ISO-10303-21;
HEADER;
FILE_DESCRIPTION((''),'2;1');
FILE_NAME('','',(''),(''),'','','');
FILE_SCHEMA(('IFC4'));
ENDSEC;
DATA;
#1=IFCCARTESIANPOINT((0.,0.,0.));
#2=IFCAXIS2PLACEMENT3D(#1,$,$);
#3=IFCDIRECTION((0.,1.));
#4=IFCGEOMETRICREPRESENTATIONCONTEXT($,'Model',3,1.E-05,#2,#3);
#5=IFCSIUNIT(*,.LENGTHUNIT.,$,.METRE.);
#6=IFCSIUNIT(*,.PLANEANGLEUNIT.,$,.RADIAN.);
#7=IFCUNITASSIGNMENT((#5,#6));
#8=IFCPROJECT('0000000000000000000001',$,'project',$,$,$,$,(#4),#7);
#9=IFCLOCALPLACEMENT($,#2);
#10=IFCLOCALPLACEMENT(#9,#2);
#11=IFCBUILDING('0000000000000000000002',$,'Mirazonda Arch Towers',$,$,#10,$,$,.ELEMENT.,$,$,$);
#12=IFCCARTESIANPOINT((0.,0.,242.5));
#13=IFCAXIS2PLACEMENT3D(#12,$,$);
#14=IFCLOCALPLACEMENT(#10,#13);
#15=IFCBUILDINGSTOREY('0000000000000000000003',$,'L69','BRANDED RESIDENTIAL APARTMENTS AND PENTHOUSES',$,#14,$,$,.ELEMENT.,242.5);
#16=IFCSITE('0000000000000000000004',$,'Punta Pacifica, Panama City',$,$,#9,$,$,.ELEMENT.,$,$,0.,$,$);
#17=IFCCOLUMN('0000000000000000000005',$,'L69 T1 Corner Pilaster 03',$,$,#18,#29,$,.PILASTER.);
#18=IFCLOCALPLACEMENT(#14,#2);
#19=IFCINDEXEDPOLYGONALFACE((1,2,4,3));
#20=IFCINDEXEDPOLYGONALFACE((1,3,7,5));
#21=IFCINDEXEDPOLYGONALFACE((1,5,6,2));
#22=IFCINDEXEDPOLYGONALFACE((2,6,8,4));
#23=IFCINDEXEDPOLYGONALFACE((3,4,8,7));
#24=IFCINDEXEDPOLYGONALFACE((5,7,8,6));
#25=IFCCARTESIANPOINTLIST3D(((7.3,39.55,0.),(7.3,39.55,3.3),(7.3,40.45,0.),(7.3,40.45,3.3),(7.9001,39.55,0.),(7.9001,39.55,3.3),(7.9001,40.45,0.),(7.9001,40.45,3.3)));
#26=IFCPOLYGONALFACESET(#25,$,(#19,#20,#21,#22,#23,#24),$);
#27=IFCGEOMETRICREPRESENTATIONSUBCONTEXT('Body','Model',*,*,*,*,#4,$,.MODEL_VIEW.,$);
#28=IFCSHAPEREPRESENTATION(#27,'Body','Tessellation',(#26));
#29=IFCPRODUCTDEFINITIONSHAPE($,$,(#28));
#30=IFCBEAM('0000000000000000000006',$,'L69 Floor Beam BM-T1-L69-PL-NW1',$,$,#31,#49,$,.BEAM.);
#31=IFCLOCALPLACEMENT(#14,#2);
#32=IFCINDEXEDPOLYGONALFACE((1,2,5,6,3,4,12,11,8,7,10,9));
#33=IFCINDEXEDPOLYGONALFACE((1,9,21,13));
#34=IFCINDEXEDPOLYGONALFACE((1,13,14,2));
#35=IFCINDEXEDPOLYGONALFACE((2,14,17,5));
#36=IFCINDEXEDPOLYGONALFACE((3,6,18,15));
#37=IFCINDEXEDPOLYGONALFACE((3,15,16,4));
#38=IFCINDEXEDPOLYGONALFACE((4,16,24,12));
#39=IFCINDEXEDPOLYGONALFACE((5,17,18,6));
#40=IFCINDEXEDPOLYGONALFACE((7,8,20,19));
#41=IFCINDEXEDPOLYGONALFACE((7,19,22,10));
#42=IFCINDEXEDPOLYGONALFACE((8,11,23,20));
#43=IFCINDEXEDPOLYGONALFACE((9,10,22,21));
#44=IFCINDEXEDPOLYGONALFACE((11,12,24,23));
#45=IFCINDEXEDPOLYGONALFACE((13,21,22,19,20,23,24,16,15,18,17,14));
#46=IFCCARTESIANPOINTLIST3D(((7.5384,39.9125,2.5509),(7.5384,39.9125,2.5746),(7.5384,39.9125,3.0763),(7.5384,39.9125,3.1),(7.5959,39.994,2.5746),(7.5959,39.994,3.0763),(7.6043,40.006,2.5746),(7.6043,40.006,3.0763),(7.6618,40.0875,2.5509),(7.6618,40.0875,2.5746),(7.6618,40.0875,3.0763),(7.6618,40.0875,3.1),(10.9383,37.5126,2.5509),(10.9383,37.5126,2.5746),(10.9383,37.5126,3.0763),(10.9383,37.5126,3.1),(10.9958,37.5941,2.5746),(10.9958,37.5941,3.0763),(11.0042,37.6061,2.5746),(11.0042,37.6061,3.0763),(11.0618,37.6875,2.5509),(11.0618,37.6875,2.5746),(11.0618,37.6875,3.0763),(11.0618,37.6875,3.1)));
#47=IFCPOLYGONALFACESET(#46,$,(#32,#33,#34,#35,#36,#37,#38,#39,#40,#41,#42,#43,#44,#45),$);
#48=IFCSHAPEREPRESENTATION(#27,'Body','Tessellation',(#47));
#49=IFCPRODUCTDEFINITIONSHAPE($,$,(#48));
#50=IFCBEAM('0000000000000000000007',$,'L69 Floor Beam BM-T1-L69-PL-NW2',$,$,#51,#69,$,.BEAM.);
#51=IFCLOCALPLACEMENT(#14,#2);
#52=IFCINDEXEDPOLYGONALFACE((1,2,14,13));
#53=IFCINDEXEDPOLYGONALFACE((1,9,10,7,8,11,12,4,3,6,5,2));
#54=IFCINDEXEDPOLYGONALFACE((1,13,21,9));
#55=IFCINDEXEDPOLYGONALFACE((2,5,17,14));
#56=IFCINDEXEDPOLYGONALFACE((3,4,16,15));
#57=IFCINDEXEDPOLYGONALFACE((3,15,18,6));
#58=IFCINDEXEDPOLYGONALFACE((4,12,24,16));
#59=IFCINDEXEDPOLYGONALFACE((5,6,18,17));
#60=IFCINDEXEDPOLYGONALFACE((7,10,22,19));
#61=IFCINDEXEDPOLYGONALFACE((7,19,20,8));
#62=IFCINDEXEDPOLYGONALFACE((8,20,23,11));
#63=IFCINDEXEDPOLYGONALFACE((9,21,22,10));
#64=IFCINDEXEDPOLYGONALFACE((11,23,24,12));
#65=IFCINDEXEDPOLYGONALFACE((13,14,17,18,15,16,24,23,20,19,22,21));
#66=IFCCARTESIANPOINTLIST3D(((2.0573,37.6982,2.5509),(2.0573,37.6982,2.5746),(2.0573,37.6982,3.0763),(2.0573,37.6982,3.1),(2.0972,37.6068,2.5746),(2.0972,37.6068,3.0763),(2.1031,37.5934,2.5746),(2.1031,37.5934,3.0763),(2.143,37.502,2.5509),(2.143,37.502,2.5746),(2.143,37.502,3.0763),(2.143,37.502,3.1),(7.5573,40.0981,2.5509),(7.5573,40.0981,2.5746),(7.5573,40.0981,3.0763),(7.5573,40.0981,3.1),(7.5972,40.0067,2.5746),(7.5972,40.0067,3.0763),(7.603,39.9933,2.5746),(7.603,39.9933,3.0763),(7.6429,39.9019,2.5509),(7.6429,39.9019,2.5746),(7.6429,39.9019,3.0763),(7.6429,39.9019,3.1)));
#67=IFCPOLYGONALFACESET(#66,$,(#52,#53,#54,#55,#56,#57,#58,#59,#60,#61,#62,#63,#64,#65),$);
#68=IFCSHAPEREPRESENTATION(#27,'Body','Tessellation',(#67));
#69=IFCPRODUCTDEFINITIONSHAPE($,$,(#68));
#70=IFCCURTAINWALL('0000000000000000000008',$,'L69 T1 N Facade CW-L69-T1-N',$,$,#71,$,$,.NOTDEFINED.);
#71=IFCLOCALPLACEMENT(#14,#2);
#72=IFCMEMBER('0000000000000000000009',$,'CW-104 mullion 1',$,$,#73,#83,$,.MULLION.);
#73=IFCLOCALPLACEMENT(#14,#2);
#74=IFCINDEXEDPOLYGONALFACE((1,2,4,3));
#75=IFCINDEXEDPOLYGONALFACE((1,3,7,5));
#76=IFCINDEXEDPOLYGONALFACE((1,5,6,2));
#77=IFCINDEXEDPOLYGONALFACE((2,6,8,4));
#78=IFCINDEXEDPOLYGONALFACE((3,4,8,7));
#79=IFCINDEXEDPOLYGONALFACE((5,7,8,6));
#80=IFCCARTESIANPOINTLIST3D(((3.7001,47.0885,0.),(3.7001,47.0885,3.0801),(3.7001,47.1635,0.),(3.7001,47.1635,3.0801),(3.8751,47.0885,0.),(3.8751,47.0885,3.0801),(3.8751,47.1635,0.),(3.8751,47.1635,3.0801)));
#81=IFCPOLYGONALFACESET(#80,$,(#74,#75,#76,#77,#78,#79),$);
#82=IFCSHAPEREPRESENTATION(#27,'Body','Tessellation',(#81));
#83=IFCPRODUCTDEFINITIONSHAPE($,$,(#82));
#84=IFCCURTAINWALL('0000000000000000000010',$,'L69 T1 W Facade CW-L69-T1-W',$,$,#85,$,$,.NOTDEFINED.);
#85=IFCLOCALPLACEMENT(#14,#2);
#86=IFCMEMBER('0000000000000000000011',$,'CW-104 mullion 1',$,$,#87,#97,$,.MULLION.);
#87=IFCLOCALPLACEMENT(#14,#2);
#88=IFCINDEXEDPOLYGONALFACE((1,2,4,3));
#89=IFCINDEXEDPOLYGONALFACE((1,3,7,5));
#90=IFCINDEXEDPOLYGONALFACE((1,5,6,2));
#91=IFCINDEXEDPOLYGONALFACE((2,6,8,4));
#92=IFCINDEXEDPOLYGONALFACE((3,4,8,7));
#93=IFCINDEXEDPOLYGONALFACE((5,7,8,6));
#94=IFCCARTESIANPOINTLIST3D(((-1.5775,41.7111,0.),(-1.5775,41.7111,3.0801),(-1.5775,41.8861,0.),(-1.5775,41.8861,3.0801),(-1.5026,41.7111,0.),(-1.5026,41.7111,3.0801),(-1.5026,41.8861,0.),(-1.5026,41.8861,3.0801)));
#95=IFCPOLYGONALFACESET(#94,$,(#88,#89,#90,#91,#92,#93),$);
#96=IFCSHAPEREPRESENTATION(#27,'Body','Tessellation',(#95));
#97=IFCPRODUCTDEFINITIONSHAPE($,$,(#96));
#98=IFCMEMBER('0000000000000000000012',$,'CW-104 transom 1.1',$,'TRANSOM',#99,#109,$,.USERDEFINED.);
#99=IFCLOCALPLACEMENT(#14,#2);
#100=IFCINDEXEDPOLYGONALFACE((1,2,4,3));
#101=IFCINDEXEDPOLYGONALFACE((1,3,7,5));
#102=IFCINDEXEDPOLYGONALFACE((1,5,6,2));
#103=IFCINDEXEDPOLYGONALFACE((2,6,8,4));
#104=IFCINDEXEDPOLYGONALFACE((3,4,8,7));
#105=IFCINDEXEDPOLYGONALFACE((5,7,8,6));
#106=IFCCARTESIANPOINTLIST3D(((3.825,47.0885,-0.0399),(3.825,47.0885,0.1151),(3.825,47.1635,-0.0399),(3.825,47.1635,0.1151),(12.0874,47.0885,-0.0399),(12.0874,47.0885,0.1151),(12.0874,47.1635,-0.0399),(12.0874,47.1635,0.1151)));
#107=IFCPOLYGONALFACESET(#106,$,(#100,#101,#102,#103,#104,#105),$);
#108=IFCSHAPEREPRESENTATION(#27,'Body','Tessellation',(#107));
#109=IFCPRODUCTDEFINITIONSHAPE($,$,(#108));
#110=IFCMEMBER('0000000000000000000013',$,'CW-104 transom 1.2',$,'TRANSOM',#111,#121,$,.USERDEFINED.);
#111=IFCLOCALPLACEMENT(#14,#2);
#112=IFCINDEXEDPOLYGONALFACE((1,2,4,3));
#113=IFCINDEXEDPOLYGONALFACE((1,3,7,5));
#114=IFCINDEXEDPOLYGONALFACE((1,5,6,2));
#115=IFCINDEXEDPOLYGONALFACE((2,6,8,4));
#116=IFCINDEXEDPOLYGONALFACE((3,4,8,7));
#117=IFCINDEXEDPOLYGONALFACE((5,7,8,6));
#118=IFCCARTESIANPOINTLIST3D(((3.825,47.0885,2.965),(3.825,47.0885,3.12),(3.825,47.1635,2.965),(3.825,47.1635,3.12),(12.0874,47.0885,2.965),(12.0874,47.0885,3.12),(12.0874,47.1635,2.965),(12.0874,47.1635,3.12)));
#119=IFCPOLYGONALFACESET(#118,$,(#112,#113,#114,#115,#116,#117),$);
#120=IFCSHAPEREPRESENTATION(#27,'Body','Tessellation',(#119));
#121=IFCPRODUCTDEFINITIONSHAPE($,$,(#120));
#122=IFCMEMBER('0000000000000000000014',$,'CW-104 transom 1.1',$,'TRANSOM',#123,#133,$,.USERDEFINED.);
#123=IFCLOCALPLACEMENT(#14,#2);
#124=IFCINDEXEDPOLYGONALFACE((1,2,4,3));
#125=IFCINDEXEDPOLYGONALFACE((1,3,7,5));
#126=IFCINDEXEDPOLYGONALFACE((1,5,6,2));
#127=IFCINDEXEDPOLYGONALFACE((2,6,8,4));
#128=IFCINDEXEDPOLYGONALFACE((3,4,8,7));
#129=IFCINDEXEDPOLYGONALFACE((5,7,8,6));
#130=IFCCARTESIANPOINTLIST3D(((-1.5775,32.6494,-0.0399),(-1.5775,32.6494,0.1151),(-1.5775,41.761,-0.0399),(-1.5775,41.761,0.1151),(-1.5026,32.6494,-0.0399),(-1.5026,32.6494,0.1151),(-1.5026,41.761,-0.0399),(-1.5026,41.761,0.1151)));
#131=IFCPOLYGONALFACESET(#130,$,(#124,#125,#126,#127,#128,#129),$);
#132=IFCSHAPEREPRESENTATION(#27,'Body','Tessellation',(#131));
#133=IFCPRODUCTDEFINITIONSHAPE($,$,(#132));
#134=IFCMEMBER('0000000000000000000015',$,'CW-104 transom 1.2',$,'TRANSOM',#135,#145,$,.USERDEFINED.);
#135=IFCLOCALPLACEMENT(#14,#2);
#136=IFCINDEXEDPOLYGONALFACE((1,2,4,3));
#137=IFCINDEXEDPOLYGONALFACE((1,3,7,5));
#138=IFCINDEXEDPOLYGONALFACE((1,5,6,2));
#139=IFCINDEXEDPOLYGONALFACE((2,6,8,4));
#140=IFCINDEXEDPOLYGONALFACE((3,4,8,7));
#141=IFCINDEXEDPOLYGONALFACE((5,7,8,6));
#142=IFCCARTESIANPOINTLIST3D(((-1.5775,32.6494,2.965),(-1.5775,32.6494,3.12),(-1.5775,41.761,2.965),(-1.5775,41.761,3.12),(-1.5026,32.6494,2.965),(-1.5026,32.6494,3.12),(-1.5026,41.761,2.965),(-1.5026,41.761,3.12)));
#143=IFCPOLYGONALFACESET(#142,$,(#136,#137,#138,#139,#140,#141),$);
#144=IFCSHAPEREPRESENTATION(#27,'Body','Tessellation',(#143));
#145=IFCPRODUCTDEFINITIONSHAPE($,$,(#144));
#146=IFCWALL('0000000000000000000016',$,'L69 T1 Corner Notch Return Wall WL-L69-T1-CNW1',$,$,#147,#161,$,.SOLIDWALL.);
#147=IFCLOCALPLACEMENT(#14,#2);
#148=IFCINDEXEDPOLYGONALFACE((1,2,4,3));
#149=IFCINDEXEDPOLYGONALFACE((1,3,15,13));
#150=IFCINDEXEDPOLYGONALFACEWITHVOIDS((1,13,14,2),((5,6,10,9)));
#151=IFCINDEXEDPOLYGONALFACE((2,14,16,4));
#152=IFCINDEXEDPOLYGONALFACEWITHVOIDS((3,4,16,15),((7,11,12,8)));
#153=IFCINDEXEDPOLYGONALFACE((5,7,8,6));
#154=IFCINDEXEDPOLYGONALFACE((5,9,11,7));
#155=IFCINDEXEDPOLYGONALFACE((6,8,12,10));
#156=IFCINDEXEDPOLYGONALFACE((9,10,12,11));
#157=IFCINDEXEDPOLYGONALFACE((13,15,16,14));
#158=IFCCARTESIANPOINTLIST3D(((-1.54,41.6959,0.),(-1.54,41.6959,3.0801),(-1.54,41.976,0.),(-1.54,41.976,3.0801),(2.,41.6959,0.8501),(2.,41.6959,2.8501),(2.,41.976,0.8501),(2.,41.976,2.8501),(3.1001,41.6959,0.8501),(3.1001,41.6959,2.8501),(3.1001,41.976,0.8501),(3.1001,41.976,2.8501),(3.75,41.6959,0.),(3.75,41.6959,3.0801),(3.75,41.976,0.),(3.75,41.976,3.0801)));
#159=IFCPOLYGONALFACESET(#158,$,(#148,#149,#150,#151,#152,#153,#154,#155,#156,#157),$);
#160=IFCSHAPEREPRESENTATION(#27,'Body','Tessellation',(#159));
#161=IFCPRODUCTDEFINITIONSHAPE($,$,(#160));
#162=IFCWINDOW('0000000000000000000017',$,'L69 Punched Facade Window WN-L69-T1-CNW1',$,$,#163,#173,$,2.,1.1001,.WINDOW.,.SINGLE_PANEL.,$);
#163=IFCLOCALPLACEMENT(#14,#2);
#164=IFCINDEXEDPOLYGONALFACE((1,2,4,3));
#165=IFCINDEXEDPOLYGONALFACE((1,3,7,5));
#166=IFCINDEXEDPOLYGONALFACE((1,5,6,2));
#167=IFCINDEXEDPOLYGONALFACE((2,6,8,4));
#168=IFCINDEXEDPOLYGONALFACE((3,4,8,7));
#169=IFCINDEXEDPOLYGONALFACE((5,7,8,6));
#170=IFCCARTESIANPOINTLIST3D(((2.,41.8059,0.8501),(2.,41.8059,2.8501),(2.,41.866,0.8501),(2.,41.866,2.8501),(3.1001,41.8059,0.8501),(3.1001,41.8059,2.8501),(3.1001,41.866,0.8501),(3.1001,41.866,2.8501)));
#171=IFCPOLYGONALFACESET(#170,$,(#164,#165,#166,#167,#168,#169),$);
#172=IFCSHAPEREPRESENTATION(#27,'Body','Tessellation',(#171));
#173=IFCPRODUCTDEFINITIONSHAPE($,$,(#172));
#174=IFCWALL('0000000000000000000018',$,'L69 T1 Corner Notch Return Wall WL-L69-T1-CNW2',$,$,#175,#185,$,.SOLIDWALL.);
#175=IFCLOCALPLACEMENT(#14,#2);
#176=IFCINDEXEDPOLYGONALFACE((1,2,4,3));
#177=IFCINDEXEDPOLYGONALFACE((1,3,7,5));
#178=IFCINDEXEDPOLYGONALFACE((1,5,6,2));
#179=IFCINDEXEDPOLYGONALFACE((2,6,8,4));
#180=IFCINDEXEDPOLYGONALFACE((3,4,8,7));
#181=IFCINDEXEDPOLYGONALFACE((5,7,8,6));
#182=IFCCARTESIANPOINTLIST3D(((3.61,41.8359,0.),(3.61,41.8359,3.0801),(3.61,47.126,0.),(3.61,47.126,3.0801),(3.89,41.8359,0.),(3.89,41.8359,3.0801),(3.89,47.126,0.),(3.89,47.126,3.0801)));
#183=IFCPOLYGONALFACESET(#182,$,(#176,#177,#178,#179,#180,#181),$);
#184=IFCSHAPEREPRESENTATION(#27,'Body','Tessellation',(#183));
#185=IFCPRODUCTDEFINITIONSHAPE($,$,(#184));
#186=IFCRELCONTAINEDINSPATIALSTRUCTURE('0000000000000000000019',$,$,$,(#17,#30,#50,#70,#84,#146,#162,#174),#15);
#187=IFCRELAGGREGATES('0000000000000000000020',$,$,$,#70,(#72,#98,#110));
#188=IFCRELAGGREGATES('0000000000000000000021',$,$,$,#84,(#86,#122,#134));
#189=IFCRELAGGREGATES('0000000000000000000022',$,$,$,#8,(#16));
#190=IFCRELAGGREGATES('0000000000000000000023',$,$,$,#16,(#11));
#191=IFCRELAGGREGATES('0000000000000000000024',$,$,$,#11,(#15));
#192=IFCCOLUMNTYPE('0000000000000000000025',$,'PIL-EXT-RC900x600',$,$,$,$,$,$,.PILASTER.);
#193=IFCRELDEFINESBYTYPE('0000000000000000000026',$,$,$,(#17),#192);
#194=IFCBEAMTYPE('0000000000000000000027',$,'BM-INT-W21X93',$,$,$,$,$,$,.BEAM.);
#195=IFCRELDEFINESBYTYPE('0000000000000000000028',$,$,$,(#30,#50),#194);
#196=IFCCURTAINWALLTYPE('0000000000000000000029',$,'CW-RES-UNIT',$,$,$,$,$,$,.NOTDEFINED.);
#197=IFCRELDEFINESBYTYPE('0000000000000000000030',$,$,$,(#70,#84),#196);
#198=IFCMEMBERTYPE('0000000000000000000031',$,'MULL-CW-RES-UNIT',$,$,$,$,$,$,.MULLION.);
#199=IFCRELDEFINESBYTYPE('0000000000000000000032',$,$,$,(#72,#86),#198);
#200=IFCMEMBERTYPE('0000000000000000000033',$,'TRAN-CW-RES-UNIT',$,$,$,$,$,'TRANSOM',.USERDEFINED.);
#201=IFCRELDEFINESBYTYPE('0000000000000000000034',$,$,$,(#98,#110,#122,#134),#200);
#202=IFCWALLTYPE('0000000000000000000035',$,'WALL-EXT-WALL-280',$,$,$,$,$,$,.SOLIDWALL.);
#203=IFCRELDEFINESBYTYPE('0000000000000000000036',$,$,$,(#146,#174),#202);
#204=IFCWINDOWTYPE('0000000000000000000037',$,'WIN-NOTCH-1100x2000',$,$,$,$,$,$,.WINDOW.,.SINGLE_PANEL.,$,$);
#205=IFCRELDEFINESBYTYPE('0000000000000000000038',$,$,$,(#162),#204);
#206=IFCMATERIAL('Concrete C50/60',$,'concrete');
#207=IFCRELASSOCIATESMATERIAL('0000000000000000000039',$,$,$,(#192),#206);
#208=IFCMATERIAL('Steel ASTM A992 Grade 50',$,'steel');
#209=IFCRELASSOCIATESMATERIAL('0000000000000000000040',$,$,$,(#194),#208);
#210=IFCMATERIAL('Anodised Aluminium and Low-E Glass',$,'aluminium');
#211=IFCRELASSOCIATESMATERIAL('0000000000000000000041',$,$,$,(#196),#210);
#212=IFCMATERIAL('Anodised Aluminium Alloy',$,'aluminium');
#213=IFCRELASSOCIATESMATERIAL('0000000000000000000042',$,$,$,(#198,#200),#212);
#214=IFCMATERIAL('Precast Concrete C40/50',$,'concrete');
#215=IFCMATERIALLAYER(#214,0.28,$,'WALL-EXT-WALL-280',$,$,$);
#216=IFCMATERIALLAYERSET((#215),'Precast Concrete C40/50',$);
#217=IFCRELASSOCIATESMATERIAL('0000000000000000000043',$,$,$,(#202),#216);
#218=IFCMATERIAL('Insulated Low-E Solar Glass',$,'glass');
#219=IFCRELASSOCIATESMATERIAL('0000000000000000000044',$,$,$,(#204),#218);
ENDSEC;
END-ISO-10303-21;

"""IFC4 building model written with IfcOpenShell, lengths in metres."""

from ifc_helpers import new_model, si_unit, direction, frame, frame_2d, origin, origin_2d, place, context, subcontext, project, spatial, rectangle, i_section, extrude, material, layer, layer_set, material_profile, profile_set, type_object, element, fill, aggregate, save


model = new_model("IFC4")

# Units and contexts
model_context = context("Model", 3, precision=1e-05, world=origin(), true_north=direction((0.0, 1.0)))
body_context = subcontext(model_context, "Body", "Model", "MODEL_VIEW")
ifc_project = project(units=[si_unit("LENGTHUNIT", "METRE"), si_unit("PLANEANGLEUNIT", "RADIAN")], contexts=[model_context])

# Site, building, storey
site_placement = place(None, origin())
site = spatial("IfcSite", under=ifc_project, at=site_placement, Name="Punta Pacifica, Panama City", CompositionType="ELEMENT", RefElevation=0.0)
building_placement = place(site_placement, origin())
building = spatial("IfcBuilding", under=site, at=building_placement, Name="Mirazonda Arch Towers", CompositionType="ELEMENT")
storey_placement = place(building_placement, frame((0.0, 0.0, 242.5)))
storey = spatial("IfcBuildingStorey", under=building, at=storey_placement, Name="L69", Description="BRANDED RESIDENTIAL APARTMENTS AND PENTHOUSES", CompositionType="ELEMENT", Elevation=242.5)

# Column
ifc_material_1 = material(Name="Concrete C50/60", Category="concrete")
ifc_material_profile_1 = material_profile(ifc_material_1, rectangle(XDim=0.6001, YDim=0.8999, at=origin_2d()), Name="RC900x600")
ifc_profile_set_1 = profile_set([ifc_material_profile_1], Name="Concrete C50/60")
column_type = type_object("IfcColumnType", Name="PIL-EXT-RC900x600", PredefinedType="PILASTER", material=ifc_profile_set_1)
column_placement = place(storey_placement, frame((7.6001, 40.0, 0.0), z_axis=(0.0, 0.0, 1.0), x_axis=(1.0, 0.0, 0.0)))
element("IfcColumn", 1, at=column_placement, inside=storey, type_object=column_type, Name="L69 T1 Corner Pilaster 03", PredefinedType="PILASTER", context=body_context, shape_type="SweptSolid", body=[
    extrude(rectangle(XDim=0.6001, YDim=0.8999, at=origin_2d()), origin(), (0.0, 0.0, 1.0), 3.3),
])

# Beams
ifc_material_2 = material(Name="Steel ASTM A992 Grade 50", Category="steel")
ifc_material_profile_2 = material_profile(ifc_material_2, i_section(OverallWidth=0.2141, OverallDepth=0.5491, WebThickness=0.0146, FlangeThickness=0.0237, at=origin_2d()), Name="W21X93")
ifc_profile_set_2 = profile_set([ifc_material_profile_2], Name="Steel ASTM A992 Grade 50")
beam_type = type_object("IfcBeamType", Name="BM-INT-W21X93", PredefinedType="BEAM", material=ifc_profile_set_2)
beam_1_placement = place(storey_placement, frame((7.6001, 40.0, 2.8254), z_axis=(0.816971, -0.576679, 0.0), x_axis=(0.576679, 0.816971, 0.0)))
element("IfcBeam", 2, at=beam_1_placement, inside=storey, type_object=beam_type, Name="L69 Floor Beam BM-T1-L69-PL-NW1", PredefinedType="BEAM", context=body_context, shape_type="SweptSolid", body=[
    extrude(i_section(OverallWidth=0.2141, OverallDepth=0.5491, WebThickness=0.0146, FlangeThickness=0.0237, at=origin_2d()), origin(), (0.0, 0.0, 1.0), 4.1616),
])
beam_2_placement = place(storey_placement, frame((7.6001, 40.0, 2.8254), z_axis=(-0.916545, -0.399931, 0.0), x_axis=(0.399931, -0.916545, 0.0)))
element("IfcBeam", 3, at=beam_2_placement, inside=storey, type_object=beam_type, Name="L69 Floor Beam BM-T1-L69-PL-NW2", PredefinedType="BEAM", context=body_context, shape_type="SweptSolid", body=[
    extrude(i_section(OverallWidth=0.2141, OverallDepth=0.5491, WebThickness=0.0146, FlangeThickness=0.0237, at=origin_2d()), origin(), (0.0, 0.0, 1.0), 6.0007),
])

# Curtain walls, members
ifc_material_3 = material(Name="Anodised Aluminium and Low-E Glass", Category="aluminium")
curtain_wall_type = type_object("IfcCurtainWallType", Name="CW-RES-UNIT", PredefinedType="NOTDEFINED", material=ifc_material_3)
curtain_wall_1_placement = place(storey_placement, origin())
curtain_wall_1 = element("IfcCurtainWall", 4, at=curtain_wall_1_placement, inside=storey, type_object=curtain_wall_type, Name="L69 T1 N Facade CW-L69-T1-N", PredefinedType="NOTDEFINED")
ifc_material_4 = material(Name="Anodised Aluminium Alloy", Category="aluminium")
ifc_material_profile_3 = material_profile(ifc_material_4, rectangle(XDim=0.075, YDim=0.175, at=origin_2d()), Name="ALU-MULL-75x175")
ifc_profile_set_3 = profile_set([ifc_material_profile_3], Name="Anodised Aluminium Alloy")
member_type_1 = type_object("IfcMemberType", Name="MULL-CW-RES-UNIT", PredefinedType="MULLION", material=ifc_profile_set_3)
member_1_placement = place(storey_placement, frame((3.7876, 47.126, 0.0), z_axis=(0.0, 0.0, 1.0), x_axis=(0.0, 1.0, 0.0)))
member_1 = element("IfcMember", 5, at=member_1_placement, type_object=member_type_1, Name="CW-104 mullion 1", PredefinedType="MULLION", context=body_context, shape_type="SweptSolid", body=[
    extrude(rectangle(XDim=0.075, YDim=0.175, at=origin_2d()), origin(), (0.0, 0.0, 1.0), 3.0801),
])
curtain_wall_2_placement = place(storey_placement, origin())
curtain_wall_2 = element("IfcCurtainWall", 6, at=curtain_wall_2_placement, inside=storey, type_object=curtain_wall_type, Name="L69 T1 W Facade CW-L69-T1-W", PredefinedType="NOTDEFINED")
member_2_placement = place(storey_placement, frame((-1.54, 41.7986, 0.0), z_axis=(0.0, 0.0, 1.0), x_axis=(1.0, 0.0, 0.0)))
member_2 = element("IfcMember", 7, at=member_2_placement, type_object=member_type_1, Name="CW-104 mullion 1", PredefinedType="MULLION", context=body_context, shape_type="SweptSolid", body=[
    extrude(rectangle(XDim=0.075, YDim=0.175, at=origin_2d()), origin(), (0.0, 0.0, 1.0), 3.0801),
])

# Members
ifc_material_profile_4 = material_profile(ifc_material_4, rectangle(XDim=0.075, YDim=0.155, at=origin_2d()), Name="ALU-TRAN-75x155")
ifc_profile_set_4 = profile_set([ifc_material_profile_4], Name="Anodised Aluminium Alloy")
member_type_2 = type_object("IfcMemberType", Name="TRAN-CW-RES-UNIT", ElementType="TRANSOM", PredefinedType="USERDEFINED", material=ifc_profile_set_4)
member_3_placement = place(storey_placement, frame((3.825, 47.126, 0.0376), z_axis=(1.0, 0.0, 0.0), x_axis=(0.0, 1.0, 0.0)))
member_3 = element("IfcMember", 8, at=member_3_placement, type_object=member_type_2, Name="CW-104 transom 1.1", ObjectType="TRANSOM", PredefinedType="USERDEFINED", context=body_context, shape_type="SweptSolid", body=[
    extrude(rectangle(XDim=0.075, YDim=0.155, at=origin_2d()), origin(), (0.0, 0.0, 1.0), 8.2625),
])
member_4_placement = place(storey_placement, frame((3.825, 47.126, 3.0425), z_axis=(1.0, 0.0, 0.0), x_axis=(0.0, 1.0, 0.0)))
member_4 = element("IfcMember", 9, at=member_4_placement, type_object=member_type_2, Name="CW-104 transom 1.2", ObjectType="TRANSOM", PredefinedType="USERDEFINED", context=body_context, shape_type="SweptSolid", body=[
    extrude(rectangle(XDim=0.075, YDim=0.155, at=origin_2d()), origin(), (0.0, 0.0, 1.0), 8.2625),
])
aggregate(curtain_wall_1, [member_1, member_3, member_4])
member_5_placement = place(storey_placement, frame((-1.54, 41.761, 0.0376), z_axis=(0.0, -1.0, 0.0), x_axis=(1.0, 0.0, 0.0)))
member_5 = element("IfcMember", 10, at=member_5_placement, type_object=member_type_2, Name="CW-104 transom 1.1", ObjectType="TRANSOM", PredefinedType="USERDEFINED", context=body_context, shape_type="SweptSolid", body=[
    extrude(rectangle(XDim=0.075, YDim=0.155, at=origin_2d()), origin(), (0.0, 0.0, 1.0), 9.1116),
])
member_6_placement = place(storey_placement, frame((-1.54, 41.761, 3.0425), z_axis=(0.0, -1.0, 0.0), x_axis=(1.0, 0.0, 0.0)))
member_6 = element("IfcMember", 11, at=member_6_placement, type_object=member_type_2, Name="CW-104 transom 1.2", ObjectType="TRANSOM", PredefinedType="USERDEFINED", context=body_context, shape_type="SweptSolid", body=[
    extrude(rectangle(XDim=0.075, YDim=0.155, at=origin_2d()), origin(), (0.0, 0.0, 1.0), 9.1116),
])
aggregate(curtain_wall_2, [member_2, member_5, member_6])

# Wall, opening, window
ifc_material_5 = material(Name="Precast Concrete C40/50", Category="concrete")
ifc_layer_1 = layer(ifc_material_5, 0.28, Name="WALL-EXT-WALL-280")
ifc_layer_set_1 = layer_set([ifc_layer_1], Name="Precast Concrete C40/50")
wall_type_1 = type_object("IfcWallType", Name="WALL-EXT-WALL-280", PredefinedType="SOLIDWALL", material=ifc_layer_set_1)
wall_1_placement = place(storey_placement, frame((3.75, 41.8359, 0.0), z_axis=(0.0, 0.0, 1.0), x_axis=(-1.0, 0.0, 0.0)))
wall_1 = element("IfcWall", 12, at=wall_1_placement, inside=storey, type_object=wall_type_1, Name="L69 T1 Corner Notch Return Wall WL-L69-T1-CNW1", PredefinedType="SOLIDWALL", context=body_context, shape_type="SweptSolid", body=[
    extrude(rectangle(XDim=5.29, YDim=0.28, at=frame_2d((2.645, 0.0))), origin(), (0.0, 0.0, 1.0), 3.0801),
])
opening_1_placement = place(wall_1_placement, frame((0.6499, 0.0, 0.8501)))
opening_1 = element("IfcOpeningElement", 13, at=opening_1_placement, cuts=wall_1, PredefinedType="OPENING", context=body_context, shape_type="SweptSolid", body=[
    extrude(rectangle(XDim=1.1001, YDim=2.0, at=frame_2d((0.55, 1.0))), frame((0.0, 0.1499, 0.0), z_axis=(0.0, -1.0, 0.0), x_axis=(1.0, 0.0, 0.0)), (0.0, 0.0, 1.0), 0.3),
])
ifc_material_6 = material(Name="Insulated Low-E Solar Glass", Category="glass")
window_type = type_object("IfcWindowType", Name="WIN-NOTCH-1100x2000", PartitioningType="SINGLE_PANEL", PredefinedType="WINDOW", material=ifc_material_6)
window_placement = place(opening_1_placement, origin())
window = element("IfcWindow", 14, at=window_placement, inside=storey, type_object=window_type, Name="L69 Punched Facade Window WN-L69-T1-CNW1", OverallHeight=2.0, OverallWidth=1.1001, PartitioningType="SINGLE_PANEL", PredefinedType="WINDOW", context=body_context, shape_type="SweptSolid", body=[
    extrude(rectangle(XDim=1.1001, YDim=2.0, at=frame_2d((0.55, 1.0))), frame((0.0, 0.03, 0.0), z_axis=(0.0, -1.0, 0.0), x_axis=(1.0, 0.0, 0.0)), (0.0, 0.0, 1.0), 0.0601),
])
fill(opening_1, window)

# Wall
wall_2_placement = place(storey_placement, frame((3.75, 47.126, 0.0), z_axis=(0.0, 0.0, 1.0), x_axis=(0.0, -1.0, 0.0)))
element("IfcWall", 15, at=wall_2_placement, inside=storey, type_object=wall_type_1, Name="L69 T1 Corner Notch Return Wall WL-L69-T1-CNW2", PredefinedType="SOLIDWALL", context=body_context, shape_type="SweptSolid", body=[
    extrude(rectangle(XDim=5.29, YDim=0.28, at=frame_2d((2.645, 0.0))), origin(), (0.0, 0.0, 1.0), 3.0801),
])

save(model, "model.ifc")
